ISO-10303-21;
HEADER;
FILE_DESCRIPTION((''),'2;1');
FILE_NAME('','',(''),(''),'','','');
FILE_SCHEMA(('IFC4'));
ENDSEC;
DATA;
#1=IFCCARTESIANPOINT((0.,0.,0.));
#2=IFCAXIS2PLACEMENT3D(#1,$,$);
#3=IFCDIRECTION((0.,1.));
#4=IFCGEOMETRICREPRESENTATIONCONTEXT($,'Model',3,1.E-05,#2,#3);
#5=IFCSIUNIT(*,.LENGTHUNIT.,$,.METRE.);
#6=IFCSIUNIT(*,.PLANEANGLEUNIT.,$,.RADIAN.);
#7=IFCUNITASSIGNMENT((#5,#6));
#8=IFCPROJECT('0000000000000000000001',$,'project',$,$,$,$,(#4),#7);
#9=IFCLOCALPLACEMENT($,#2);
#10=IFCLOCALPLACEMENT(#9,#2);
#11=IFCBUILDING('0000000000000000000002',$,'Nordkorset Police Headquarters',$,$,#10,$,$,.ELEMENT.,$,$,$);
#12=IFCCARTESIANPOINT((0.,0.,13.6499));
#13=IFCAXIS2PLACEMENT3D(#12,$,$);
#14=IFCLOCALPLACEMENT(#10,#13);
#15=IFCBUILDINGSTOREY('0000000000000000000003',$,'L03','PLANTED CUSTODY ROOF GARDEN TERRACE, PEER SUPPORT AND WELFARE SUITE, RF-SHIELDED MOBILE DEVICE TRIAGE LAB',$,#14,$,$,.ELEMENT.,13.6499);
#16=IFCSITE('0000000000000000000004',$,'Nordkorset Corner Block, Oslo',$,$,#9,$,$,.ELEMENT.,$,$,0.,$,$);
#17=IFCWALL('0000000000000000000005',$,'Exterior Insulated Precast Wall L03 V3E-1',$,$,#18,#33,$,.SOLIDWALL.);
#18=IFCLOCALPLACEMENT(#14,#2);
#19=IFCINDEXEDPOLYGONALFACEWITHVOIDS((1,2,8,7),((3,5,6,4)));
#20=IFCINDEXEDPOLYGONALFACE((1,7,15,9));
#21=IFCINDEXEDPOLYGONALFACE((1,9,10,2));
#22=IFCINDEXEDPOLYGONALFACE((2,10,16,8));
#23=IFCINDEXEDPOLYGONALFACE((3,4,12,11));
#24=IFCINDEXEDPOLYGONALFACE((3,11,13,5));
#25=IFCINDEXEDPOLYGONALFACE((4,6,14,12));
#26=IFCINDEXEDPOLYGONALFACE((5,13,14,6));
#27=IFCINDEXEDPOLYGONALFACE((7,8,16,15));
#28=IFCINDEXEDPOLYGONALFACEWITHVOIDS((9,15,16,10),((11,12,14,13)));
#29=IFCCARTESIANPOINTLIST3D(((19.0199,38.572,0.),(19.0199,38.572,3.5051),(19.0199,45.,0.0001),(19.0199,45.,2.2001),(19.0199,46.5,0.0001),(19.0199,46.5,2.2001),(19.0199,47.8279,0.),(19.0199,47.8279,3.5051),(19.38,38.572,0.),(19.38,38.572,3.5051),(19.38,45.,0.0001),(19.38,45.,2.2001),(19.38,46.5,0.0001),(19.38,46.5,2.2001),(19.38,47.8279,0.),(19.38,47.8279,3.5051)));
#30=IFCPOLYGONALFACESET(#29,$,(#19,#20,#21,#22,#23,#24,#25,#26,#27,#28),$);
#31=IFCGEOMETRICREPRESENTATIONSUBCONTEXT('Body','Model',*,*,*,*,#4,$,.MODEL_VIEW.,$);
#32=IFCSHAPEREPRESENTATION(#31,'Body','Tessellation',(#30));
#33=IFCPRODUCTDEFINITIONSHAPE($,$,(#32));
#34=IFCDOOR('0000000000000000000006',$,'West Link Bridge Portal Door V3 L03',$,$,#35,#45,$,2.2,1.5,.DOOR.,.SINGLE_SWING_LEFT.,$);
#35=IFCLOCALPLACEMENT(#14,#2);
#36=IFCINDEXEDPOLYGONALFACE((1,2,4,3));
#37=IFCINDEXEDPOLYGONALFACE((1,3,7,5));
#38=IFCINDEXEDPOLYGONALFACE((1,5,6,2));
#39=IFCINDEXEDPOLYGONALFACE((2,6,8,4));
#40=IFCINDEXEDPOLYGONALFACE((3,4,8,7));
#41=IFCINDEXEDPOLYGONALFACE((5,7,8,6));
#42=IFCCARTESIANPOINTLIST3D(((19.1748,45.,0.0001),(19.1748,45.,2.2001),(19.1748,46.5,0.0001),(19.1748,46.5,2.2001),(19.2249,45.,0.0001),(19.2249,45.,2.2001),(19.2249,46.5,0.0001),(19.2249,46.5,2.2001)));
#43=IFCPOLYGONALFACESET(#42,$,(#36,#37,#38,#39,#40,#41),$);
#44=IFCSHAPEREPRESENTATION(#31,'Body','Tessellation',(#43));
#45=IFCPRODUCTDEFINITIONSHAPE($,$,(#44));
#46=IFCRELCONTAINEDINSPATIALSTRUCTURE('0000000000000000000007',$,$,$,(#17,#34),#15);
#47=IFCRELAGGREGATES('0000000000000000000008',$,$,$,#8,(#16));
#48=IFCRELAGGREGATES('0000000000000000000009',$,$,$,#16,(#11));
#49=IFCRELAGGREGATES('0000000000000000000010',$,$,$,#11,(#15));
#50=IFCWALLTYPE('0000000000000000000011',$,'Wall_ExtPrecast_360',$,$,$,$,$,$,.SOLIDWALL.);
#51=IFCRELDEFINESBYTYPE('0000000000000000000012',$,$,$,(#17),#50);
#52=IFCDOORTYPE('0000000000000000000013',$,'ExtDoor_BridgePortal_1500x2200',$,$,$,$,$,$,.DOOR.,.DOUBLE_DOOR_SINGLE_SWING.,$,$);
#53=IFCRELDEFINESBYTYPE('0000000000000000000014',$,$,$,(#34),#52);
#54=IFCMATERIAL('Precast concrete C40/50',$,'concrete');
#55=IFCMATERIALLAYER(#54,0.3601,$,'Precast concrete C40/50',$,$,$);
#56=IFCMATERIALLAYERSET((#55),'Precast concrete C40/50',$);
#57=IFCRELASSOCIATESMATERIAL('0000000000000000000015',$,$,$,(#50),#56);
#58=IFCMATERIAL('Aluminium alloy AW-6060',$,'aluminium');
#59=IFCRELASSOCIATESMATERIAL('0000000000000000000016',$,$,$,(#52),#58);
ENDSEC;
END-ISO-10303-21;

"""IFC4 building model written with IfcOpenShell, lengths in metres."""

from ifc_helpers import new_model, si_unit, direction, frame, frame_2d, origin, place, context, subcontext, project, spatial, rectangle, extrude, material, layer, layer_set, type_object, element, fill, save


model = new_model("IFC4")

# Units and contexts
model_context = context("Model", 3, precision=1e-05, world=origin(), true_north=direction((0.0, 1.0)))
body_context = subcontext(model_context, "Body", "Model", "MODEL_VIEW")
ifc_project = project(units=[si_unit("LENGTHUNIT", "METRE"), si_unit("PLANEANGLEUNIT", "RADIAN")], contexts=[model_context])

# Site, building, storey
site_placement = place(None, origin())
site = spatial("IfcSite", under=ifc_project, at=site_placement, Name="Nordkorset Corner Block, Oslo", CompositionType="ELEMENT", RefElevation=0.0)
building_placement = place(site_placement, origin())
building = spatial("IfcBuilding", under=site, at=building_placement, Name="Nordkorset Police Headquarters", CompositionType="ELEMENT")
storey_placement = place(building_placement, frame((0.0, 0.0, 13.6499)))
storey = spatial("IfcBuildingStorey", under=building, at=storey_placement, Name="L03", Description="PLANTED CUSTODY ROOF GARDEN TERRACE, PEER SUPPORT AND WELFARE SUITE, RF-SHIELDED MOBILE DEVICE TRIAGE LAB", CompositionType="ELEMENT", Elevation=13.6499)

# Wall, opening, door
ifc_material_1 = material(Name="Precast concrete C40/50", Category="concrete")
ifc_layer_1 = layer(ifc_material_1, 0.3601, Name="Precast concrete C40/50")
ifc_layer_set_1 = layer_set([ifc_layer_1], Name="Precast concrete C40/50")
wall_type = type_object("IfcWallType", Name="Wall_ExtPrecast_360", PredefinedType="SOLIDWALL", material=ifc_layer_set_1)
wall_placement = place(storey_placement, frame((19.2, 38.572, 0.0), z_axis=(0.0, 0.0, 1.0), x_axis=(0.0, 1.0, 0.0)))
wall = element("IfcWall", 1, at=wall_placement, inside=storey, type_object=wall_type, Name="Exterior Insulated Precast Wall L03 V3E-1", PredefinedType="SOLIDWALL", context=body_context, shape_type="SweptSolid", body=[
    extrude(rectangle(XDim=9.2559, YDim=0.3601, at=frame_2d((4.6279, 0.0))), origin(), (0.0, 0.0, 1.0), 3.5051),
])
opening_placement = place(wall_placement, frame((6.428, 0.0, 0.0)))
opening = element("IfcOpeningElement", 2, at=opening_placement, cuts=wall, PredefinedType="OPENING", context=body_context, shape_type="SweptSolid", body=[
    extrude(rectangle(XDim=1.5, YDim=2.2, at=frame_2d((0.75, 1.1001))), frame((0.0, 0.1899, 0.0), z_axis=(0.0, -1.0, 0.0), x_axis=(1.0, 0.0, 0.0)), (0.0, 0.0, 1.0), 0.3801),
])
ifc_material_2 = material(Name="Aluminium alloy AW-6060", Category="aluminium")
door_type = type_object("IfcDoorType", Name="ExtDoor_BridgePortal_1500x2200", OperationType="DOUBLE_DOOR_SINGLE_SWING", PredefinedType="DOOR", material=ifc_material_2)
door_placement = place(opening_placement, frame((1.5, 0.0, 0.0), z_axis=(0.0, 0.0, 1.0), x_axis=(-1.0, 0.0, 0.0)))
door = element("IfcDoor", 3, at=door_placement, inside=storey, type_object=door_type, Name="West Link Bridge Portal Door V3 L03", OperationType="SINGLE_SWING_LEFT", OverallHeight=2.2, OverallWidth=1.5, PredefinedType="DOOR", context=body_context, shape_type="SweptSolid", body=[
    extrude(rectangle(XDim=1.5, YDim=2.2, at=frame_2d((0.75, 1.1001))), frame((0.0, 0.0249, 0.0), z_axis=(0.0, -1.0, 0.0), x_axis=(1.0, 0.0, 0.0)), (0.0, 0.0, 1.0), 0.05),
])
fill(opening, door)

save(model, "model.ifc")
